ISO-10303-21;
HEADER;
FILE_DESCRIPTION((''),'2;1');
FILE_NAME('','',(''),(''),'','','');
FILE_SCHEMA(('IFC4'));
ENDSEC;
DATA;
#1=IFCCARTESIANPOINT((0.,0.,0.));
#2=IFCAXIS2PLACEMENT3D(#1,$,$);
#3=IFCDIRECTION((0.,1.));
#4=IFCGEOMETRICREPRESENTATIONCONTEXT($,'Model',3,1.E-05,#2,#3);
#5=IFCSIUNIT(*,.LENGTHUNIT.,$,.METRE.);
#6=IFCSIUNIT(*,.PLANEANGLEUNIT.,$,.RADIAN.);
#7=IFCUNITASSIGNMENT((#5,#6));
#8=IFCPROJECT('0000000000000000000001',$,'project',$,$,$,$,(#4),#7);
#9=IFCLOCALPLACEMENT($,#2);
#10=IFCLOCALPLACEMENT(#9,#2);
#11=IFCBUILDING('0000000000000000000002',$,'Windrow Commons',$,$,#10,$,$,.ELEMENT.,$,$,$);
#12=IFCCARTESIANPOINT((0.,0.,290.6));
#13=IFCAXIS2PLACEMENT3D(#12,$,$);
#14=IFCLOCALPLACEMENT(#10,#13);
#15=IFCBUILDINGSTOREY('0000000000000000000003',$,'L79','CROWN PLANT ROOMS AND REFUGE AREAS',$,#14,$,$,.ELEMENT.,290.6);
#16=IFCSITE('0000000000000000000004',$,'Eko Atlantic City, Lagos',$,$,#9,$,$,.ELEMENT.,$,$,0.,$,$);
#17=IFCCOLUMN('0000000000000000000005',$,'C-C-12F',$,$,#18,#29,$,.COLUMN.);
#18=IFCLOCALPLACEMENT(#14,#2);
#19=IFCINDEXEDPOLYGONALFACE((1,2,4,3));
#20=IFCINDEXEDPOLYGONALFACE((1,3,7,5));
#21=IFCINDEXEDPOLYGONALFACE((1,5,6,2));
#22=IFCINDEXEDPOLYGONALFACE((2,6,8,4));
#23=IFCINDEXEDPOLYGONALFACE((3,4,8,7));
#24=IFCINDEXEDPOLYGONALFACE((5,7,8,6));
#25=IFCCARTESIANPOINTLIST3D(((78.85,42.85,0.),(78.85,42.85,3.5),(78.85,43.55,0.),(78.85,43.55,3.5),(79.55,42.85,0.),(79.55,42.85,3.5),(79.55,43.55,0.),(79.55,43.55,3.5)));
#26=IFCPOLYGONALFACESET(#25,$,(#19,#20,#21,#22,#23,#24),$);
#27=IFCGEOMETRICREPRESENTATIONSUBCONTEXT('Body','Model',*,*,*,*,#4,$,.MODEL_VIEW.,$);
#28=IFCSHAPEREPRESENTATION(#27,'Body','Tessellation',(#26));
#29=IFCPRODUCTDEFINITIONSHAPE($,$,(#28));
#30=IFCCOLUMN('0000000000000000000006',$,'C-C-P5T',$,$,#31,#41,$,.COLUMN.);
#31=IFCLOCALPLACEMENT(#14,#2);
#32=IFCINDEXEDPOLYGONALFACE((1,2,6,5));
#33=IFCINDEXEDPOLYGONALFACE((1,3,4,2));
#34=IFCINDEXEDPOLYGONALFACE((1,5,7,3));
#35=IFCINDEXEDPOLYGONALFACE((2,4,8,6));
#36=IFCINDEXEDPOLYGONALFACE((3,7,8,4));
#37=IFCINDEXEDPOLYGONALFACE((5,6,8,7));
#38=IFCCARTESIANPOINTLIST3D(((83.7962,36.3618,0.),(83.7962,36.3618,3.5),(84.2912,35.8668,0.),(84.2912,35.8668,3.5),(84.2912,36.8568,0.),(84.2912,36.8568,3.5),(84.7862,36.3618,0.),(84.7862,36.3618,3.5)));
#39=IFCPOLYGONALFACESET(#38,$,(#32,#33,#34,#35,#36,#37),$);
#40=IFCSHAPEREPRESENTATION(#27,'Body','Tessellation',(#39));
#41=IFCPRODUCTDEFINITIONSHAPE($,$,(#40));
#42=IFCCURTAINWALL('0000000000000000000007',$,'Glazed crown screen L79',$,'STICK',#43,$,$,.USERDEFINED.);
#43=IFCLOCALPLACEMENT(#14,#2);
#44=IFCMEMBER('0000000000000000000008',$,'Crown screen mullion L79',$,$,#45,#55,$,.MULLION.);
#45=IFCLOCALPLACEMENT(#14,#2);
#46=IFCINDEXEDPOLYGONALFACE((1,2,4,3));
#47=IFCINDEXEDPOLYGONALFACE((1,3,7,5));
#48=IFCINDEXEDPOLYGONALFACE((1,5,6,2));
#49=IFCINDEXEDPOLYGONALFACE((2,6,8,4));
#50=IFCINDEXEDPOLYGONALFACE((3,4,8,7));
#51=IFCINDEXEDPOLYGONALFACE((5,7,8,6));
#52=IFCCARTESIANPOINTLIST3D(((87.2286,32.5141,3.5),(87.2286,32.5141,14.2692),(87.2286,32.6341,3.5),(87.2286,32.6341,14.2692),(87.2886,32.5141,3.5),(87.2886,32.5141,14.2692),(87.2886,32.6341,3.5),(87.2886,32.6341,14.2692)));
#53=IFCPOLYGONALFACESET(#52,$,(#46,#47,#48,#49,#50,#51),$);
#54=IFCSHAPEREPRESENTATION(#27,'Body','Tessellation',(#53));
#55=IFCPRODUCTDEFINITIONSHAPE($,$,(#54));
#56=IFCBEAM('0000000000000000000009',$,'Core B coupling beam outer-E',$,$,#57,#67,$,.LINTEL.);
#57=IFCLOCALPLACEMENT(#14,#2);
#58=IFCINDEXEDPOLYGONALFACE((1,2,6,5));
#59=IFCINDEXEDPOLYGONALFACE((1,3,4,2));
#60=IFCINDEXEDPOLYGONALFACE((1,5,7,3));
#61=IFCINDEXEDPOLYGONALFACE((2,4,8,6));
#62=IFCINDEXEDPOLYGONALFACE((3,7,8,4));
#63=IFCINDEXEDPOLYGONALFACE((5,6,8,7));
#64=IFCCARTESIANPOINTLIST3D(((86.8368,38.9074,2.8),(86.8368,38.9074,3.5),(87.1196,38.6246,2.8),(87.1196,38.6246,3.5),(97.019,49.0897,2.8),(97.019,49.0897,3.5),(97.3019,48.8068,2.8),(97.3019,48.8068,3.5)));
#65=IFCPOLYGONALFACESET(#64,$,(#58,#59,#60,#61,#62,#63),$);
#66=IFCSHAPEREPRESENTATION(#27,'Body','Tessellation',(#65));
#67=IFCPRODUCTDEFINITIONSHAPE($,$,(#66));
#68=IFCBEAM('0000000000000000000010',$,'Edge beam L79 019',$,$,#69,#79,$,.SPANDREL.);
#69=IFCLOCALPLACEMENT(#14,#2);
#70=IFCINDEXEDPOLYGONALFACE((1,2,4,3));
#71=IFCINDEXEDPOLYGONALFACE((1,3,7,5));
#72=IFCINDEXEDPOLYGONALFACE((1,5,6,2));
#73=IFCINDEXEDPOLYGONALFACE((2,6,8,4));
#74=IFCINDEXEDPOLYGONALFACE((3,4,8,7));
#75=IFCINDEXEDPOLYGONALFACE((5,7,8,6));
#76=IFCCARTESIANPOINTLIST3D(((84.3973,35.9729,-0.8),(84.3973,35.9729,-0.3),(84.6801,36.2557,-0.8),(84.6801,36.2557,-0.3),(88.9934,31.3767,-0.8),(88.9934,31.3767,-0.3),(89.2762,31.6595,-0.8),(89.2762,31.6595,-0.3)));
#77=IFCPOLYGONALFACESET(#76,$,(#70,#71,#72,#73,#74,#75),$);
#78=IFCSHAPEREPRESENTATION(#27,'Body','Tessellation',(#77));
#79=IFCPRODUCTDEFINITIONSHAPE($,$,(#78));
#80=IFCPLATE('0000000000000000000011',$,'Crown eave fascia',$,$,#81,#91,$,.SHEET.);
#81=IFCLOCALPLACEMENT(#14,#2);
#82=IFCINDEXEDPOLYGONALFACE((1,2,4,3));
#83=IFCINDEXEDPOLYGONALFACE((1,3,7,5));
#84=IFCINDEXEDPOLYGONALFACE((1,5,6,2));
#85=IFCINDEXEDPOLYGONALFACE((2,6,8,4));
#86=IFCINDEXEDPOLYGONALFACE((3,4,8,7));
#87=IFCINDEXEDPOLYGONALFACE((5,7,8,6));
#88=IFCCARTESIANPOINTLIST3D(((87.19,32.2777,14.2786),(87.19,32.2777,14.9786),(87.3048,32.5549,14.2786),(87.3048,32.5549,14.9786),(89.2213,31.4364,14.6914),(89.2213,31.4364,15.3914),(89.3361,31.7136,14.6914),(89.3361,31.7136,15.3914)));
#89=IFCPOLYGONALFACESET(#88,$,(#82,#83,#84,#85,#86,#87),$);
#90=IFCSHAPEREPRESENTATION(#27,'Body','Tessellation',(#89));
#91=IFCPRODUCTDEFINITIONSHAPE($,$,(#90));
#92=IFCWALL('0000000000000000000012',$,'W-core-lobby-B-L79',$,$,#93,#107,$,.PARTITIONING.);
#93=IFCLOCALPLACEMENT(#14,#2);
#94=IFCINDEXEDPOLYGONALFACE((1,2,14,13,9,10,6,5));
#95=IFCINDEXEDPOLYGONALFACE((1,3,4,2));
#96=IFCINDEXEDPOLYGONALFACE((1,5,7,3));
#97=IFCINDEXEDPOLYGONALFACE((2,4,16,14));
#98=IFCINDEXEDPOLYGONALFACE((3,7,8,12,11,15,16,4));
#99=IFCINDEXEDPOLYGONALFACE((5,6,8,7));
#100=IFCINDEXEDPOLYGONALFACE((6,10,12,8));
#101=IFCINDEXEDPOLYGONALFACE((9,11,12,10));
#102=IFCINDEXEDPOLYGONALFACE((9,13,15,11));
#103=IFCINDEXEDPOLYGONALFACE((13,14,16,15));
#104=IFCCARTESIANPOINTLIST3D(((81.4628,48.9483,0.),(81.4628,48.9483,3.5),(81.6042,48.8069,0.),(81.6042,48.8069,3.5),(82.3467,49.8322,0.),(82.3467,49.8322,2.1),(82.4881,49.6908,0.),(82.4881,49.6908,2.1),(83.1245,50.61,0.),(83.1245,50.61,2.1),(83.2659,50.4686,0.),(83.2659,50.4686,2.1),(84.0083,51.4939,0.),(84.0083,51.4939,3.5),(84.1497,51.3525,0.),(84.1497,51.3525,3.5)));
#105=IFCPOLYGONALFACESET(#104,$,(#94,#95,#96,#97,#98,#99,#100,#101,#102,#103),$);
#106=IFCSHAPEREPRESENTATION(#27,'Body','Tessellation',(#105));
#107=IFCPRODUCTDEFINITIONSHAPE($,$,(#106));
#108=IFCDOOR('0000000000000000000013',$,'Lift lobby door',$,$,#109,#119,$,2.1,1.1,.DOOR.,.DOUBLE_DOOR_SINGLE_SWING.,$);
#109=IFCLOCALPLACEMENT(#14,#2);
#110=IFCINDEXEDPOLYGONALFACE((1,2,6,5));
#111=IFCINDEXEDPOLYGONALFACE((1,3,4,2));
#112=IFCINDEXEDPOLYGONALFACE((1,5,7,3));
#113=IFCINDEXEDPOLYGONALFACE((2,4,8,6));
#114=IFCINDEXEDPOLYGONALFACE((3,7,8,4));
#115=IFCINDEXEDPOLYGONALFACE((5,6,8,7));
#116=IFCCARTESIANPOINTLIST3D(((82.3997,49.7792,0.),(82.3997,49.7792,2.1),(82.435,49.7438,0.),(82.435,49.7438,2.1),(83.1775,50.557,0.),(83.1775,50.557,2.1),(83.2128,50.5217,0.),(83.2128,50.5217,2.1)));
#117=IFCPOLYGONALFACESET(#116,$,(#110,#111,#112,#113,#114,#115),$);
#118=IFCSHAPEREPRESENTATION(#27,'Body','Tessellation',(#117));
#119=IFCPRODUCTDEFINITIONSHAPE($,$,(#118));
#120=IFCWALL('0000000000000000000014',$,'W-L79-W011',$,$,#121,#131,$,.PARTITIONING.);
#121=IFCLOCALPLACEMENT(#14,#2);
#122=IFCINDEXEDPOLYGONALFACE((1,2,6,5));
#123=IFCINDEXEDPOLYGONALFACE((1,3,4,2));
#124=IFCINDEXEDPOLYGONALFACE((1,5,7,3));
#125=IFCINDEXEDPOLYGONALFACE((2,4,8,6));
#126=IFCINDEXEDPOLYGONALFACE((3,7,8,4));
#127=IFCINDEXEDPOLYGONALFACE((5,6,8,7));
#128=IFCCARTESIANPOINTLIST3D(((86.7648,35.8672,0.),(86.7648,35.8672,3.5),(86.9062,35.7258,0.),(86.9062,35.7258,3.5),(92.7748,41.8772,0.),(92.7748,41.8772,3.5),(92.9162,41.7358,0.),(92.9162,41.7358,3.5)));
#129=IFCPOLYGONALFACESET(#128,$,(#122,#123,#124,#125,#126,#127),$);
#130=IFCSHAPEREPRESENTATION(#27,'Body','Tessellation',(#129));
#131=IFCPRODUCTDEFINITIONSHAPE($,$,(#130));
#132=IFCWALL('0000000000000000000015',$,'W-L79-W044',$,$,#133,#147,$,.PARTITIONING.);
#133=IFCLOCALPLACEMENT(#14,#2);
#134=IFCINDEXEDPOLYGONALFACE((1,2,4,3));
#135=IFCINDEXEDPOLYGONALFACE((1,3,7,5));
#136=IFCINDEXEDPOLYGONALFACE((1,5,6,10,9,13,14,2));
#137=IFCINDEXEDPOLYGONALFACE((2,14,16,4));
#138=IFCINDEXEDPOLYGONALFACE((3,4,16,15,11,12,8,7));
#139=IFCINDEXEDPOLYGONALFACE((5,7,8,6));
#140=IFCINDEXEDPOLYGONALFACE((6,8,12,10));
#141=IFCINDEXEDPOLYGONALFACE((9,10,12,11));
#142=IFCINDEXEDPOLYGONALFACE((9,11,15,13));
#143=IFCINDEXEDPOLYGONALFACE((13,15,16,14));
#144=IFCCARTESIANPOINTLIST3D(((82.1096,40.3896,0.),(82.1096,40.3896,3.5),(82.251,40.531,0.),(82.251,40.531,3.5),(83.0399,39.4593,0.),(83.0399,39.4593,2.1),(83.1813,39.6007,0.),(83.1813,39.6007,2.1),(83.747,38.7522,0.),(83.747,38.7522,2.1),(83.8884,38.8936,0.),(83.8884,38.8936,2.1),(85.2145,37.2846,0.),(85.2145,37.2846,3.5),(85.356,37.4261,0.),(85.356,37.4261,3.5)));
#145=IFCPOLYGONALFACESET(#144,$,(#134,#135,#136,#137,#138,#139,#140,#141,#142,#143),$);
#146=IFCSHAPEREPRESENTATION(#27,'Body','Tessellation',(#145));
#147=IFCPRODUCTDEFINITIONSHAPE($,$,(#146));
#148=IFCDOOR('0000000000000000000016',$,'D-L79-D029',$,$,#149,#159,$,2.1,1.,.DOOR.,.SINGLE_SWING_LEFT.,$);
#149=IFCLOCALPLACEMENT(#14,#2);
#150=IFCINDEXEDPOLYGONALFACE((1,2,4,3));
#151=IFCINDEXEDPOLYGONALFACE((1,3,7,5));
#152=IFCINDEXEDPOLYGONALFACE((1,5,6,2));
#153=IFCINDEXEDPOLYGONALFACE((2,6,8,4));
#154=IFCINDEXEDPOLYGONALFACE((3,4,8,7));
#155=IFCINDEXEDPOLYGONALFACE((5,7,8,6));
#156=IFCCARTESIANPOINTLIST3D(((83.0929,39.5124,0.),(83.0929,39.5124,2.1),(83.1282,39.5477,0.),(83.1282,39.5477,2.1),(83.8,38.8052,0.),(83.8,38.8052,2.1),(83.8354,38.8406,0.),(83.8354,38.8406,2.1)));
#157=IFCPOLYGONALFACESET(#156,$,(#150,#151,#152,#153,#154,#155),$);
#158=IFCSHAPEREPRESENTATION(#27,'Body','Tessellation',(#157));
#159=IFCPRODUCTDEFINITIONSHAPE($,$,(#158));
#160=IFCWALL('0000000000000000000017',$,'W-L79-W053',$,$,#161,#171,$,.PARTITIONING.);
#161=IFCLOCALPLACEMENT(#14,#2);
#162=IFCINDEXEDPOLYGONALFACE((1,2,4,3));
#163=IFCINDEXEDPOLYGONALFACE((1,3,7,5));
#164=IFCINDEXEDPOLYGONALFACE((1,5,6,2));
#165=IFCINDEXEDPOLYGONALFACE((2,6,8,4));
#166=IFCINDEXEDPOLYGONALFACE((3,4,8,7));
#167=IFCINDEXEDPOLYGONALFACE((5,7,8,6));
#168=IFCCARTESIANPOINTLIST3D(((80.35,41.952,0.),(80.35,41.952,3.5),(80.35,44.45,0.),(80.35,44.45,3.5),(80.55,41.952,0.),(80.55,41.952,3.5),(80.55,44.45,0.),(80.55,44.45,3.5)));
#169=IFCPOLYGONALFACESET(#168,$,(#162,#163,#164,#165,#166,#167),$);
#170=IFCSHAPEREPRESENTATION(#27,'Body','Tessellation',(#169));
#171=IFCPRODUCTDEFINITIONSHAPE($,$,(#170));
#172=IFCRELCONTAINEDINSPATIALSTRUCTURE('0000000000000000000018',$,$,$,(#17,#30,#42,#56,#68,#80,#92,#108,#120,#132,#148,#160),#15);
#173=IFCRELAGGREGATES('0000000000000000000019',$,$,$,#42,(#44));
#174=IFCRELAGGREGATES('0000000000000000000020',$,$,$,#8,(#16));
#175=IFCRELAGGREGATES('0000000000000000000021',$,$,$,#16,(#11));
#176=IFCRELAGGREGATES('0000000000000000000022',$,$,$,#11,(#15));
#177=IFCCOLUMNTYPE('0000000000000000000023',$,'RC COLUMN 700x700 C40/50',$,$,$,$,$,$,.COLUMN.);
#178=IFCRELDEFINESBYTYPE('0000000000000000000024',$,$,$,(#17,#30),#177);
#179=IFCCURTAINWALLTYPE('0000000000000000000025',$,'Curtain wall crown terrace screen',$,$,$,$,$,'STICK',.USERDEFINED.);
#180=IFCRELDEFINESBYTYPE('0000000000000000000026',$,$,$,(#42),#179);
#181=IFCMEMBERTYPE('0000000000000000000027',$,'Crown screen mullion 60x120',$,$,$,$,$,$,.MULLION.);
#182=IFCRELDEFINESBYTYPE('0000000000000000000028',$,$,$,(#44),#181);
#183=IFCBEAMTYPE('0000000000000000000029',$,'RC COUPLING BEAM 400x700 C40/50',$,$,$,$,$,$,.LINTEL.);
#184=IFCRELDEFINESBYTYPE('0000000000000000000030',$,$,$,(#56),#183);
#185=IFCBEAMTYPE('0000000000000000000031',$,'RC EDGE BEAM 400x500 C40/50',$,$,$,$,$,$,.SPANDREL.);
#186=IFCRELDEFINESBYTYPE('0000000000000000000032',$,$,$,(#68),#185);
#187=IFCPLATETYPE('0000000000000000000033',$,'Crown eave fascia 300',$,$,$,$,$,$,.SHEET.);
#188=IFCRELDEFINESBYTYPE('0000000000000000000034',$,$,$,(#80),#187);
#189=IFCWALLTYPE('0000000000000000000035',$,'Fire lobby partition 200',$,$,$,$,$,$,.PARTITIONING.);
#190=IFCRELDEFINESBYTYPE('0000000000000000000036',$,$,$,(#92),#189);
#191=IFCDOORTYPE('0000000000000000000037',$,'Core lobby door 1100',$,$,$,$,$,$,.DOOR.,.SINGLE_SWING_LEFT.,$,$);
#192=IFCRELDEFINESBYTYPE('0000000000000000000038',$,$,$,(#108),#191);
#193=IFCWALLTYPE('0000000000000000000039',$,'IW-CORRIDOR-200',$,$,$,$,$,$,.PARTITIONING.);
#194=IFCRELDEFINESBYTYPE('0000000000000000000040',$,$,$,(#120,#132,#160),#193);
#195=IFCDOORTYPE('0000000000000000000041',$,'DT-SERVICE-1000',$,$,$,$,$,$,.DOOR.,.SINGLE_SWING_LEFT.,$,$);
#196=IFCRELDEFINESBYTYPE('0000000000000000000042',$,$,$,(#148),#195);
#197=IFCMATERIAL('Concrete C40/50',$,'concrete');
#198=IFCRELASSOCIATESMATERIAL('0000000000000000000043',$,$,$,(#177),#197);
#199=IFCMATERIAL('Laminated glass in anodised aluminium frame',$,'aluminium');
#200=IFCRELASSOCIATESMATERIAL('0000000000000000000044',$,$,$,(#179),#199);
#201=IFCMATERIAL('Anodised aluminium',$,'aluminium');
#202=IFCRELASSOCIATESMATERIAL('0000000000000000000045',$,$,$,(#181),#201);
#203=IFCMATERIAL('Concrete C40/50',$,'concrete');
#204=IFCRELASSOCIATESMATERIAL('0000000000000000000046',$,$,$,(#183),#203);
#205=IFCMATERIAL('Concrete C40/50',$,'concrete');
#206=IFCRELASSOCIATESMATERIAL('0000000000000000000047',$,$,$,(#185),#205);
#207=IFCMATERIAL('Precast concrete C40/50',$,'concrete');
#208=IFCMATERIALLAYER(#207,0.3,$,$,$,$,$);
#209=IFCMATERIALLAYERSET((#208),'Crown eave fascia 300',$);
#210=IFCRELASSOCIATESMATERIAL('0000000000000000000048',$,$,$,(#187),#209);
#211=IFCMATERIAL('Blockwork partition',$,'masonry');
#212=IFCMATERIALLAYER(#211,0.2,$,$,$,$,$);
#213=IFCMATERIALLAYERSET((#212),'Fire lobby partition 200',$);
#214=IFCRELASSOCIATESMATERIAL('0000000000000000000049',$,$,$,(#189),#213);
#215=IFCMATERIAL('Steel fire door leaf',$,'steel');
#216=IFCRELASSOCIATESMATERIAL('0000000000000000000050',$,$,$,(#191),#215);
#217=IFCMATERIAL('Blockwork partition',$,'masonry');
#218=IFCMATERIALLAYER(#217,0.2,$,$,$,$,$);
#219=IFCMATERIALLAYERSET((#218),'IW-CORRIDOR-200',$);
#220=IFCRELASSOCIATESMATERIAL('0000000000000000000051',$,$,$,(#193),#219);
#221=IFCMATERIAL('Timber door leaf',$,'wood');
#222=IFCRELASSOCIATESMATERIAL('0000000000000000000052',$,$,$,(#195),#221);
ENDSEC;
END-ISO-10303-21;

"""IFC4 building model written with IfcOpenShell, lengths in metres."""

from ifc_helpers import new_model, si_unit, direction, frame, frame_2d, origin, origin_2d, place, context, subcontext, project, spatial, polyline, rectangle, outline, extrude, material, layer, layer_set, material_profile, profile_set, type_object, element, fill, aggregate, save


model = new_model("IFC4")

# Units and contexts
model_context = context("Model", 3, precision=1e-05, world=origin(), true_north=direction((0.0, 1.0)))
body_context = subcontext(model_context, "Body", "Model", "MODEL_VIEW")
ifc_project = project(units=[si_unit("LENGTHUNIT", "METRE"), si_unit("PLANEANGLEUNIT", "RADIAN")], contexts=[model_context])

# Site, building, storey
site_placement = place(None, origin())
site = spatial("IfcSite", under=ifc_project, at=site_placement, Name="Eko Atlantic City, Lagos", CompositionType="ELEMENT", RefElevation=0.0)
building_placement = place(site_placement, origin())
building = spatial("IfcBuilding", under=site, at=building_placement, Name="Windrow Commons", CompositionType="ELEMENT")
storey_placement = place(building_placement, frame((0.0, 0.0, 290.6)))
storey = spatial("IfcBuildingStorey", under=building, at=storey_placement, Name="L79", Description="CROWN PLANT ROOMS AND REFUGE AREAS", CompositionType="ELEMENT", Elevation=290.6)

# Columns
ifc_material_1 = material(Name="Concrete C40/50", Category="concrete")
ifc_material_profile_1 = material_profile(ifc_material_1, rectangle(XDim=0.7, YDim=0.7, at=origin_2d()))
ifc_profile_set_1 = profile_set([ifc_material_profile_1], Name="Concrete C40/50")
column_type = type_object("IfcColumnType", Name="RC COLUMN 700x700 C40/50", PredefinedType="COLUMN", material=ifc_profile_set_1)
for number, where, z_axis, x_axis, name in (
    (1, (79.2, 43.2, 0.0), (0.0, 0.0, 1.0), (1.0, 0.0, 0.0), "C-C-12F"),
    (2, (84.2912, 36.3618, 0.0), (0.0, 0.0, 1.0), (0.707107, -0.707107, 0.0), "C-C-P5T"),
):
    element("IfcColumn", number, at=place(storey_placement, frame(where, z_axis=z_axis, x_axis=x_axis)), inside=storey, type_object=column_type, Name=name, PredefinedType="COLUMN", context=body_context, shape_type="SweptSolid", body=[
        extrude(rectangle(XDim=0.7, YDim=0.7, at=origin_2d()), origin(), (0.0, 0.0, 1.0), 3.5),
    ])

# Curtain wall, member
ifc_material_2 = material(Name="Laminated glass in anodised aluminium frame", Category="aluminium")
curtain_wall_type = type_object("IfcCurtainWallType", Name="Curtain wall crown terrace screen", ElementType="STICK", PredefinedType="USERDEFINED", material=ifc_material_2)
curtain_wall_placement = place(storey_placement, origin())
curtain_wall = element("IfcCurtainWall", 3, at=curtain_wall_placement, inside=storey, type_object=curtain_wall_type, Name="Glazed crown screen L79", ObjectType="STICK", PredefinedType="USERDEFINED")
ifc_material_3 = material(Name="Anodised aluminium", Category="aluminium")
ifc_material_profile_2 = material_profile(ifc_material_3, rectangle(XDim=0.06, YDim=0.12, at=origin_2d()))
ifc_profile_set_2 = profile_set([ifc_material_profile_2], Name="Anodised aluminium")
member_type = type_object("IfcMemberType", Name="Crown screen mullion 60x120", PredefinedType="MULLION", material=ifc_profile_set_2)
member_placement = place(storey_placement, frame((87.2586, 32.5741, 3.5), z_axis=(0.0, 0.0, 1.0), x_axis=(1.0, 0.0, 0.0)))
member = element("IfcMember", 4, at=member_placement, type_object=member_type, Name="Crown screen mullion L79", PredefinedType="MULLION", context=body_context, shape_type="SweptSolid", body=[
    extrude(rectangle(XDim=0.06, YDim=0.12, at=origin_2d()), origin(), (0.0, 0.0, 1.0), 10.7692),
])
aggregate(curtain_wall, [member])

# Beams
ifc_material_4 = material(Name="Concrete C40/50", Category="concrete")
ifc_material_profile_3 = material_profile(ifc_material_4, rectangle(XDim=0.4, YDim=0.7, at=origin_2d()))
ifc_profile_set_3 = profile_set([ifc_material_profile_3], Name="Concrete C40/50")
beam_type_1 = type_object("IfcBeamType", Name="RC COUPLING BEAM 400x700 C40/50", PredefinedType="LINTEL", material=ifc_profile_set_3)
beam_1_placement = place(storey_placement, frame((86.9782, 38.766, 3.15), z_axis=(0.707107, 0.707107, 0.0), x_axis=(-0.707107, 0.707107, 0.0)))
element("IfcBeam", 5, at=beam_1_placement, inside=storey, type_object=beam_type_1, Name="Core B coupling beam outer-E", PredefinedType="LINTEL", context=body_context, shape_type="SweptSolid", body=[
    extrude(rectangle(XDim=0.4, YDim=0.7, at=origin_2d()), origin(), (0.0, 0.0, 1.0), 14.3999),
])
ifc_material_5 = material(Name="Concrete C40/50", Category="concrete")
ifc_material_profile_4 = material_profile(ifc_material_5, rectangle(XDim=0.4, YDim=0.5, at=origin_2d()))
ifc_profile_set_4 = profile_set([ifc_material_profile_4], Name="Concrete C40/50")
beam_type_2 = type_object("IfcBeamType", Name="RC EDGE BEAM 400x500 C40/50", PredefinedType="SPANDREL", material=ifc_profile_set_4)
beam_2_placement = place(storey_placement, frame((89.1348, 31.5181, -0.55), z_axis=(-0.707099, 0.707114, 0.0), x_axis=(-0.707114, -0.707099, 0.0)))
element("IfcBeam", 6, at=beam_2_placement, inside=storey, type_object=beam_type_2, Name="Edge beam L79 019", PredefinedType="SPANDREL", context=body_context, shape_type="SweptSolid", body=[
    extrude(rectangle(XDim=0.4, YDim=0.5, at=origin_2d()), origin(), (0.0, 0.0, 1.0), 6.4999),
])

# Plate
ifc_material_6 = material(Name="Precast concrete C40/50", Category="concrete")
ifc_layer_1 = layer(ifc_material_6, 0.3)
ifc_layer_set_1 = layer_set([ifc_layer_1], Name="Crown eave fascia 300")
plate_type = type_object("IfcPlateType", Name="Crown eave fascia 300", PredefinedType="SHEET", material=ifc_layer_set_1)
plate_placement = place(storey_placement, frame((89.3361, 31.7136, 14.6914), z_axis=(0.382648, 0.923894, 0.0), x_axis=(-0.908028, 0.376077, -0.184529)))
element("IfcPlate", 7, at=plate_placement, inside=storey, type_object=plate_type, Name="Crown eave fascia", PredefinedType="SHEET", context=body_context, shape_type="SweptSolid", body=[
    extrude(outline(polyline([(0.0, 0.0), (2.237, 0.0), (2.1079, 0.688), (-0.1292, 0.688), (0.0, 0.0)])), origin(), (0.0, 0.0, -1.0), 0.3),
])

# Wall, opening, door
ifc_material_7 = material(Name="Blockwork partition", Category="masonry")
ifc_layer_2 = layer(ifc_material_7, 0.2)
ifc_layer_set_2 = layer_set([ifc_layer_2], Name="Fire lobby partition 200")
wall_type_1 = type_object("IfcWallType", Name="Fire lobby partition 200", PredefinedType="PARTITIONING", material=ifc_layer_set_2)
wall_1_placement = place(storey_placement, frame((81.5335, 48.8776, 0.0), z_axis=(0.0, 0.0, 1.0), x_axis=(0.707093, 0.707121, 0.0)))
wall_1 = element("IfcWall", 8, at=wall_1_placement, inside=storey, type_object=wall_type_1, Name="W-core-lobby-B-L79", PredefinedType="PARTITIONING", context=body_context, shape_type="SweptSolid", body=[
    extrude(rectangle(XDim=3.6, YDim=0.2, at=frame_2d((1.8, 0.0))), origin(), (0.0, 0.0, 1.0), 3.5),
])
opening_1_placement = place(wall_1_placement, frame((1.25, 0.0, 0.0)))
opening_1 = element("IfcOpeningElement", 9, at=opening_1_placement, cuts=wall_1, PredefinedType="OPENING", context=body_context, shape_type="SweptSolid", body=[
    extrude(rectangle(XDim=1.1, YDim=2.1, at=frame_2d((0.55, 1.05))), frame((0.0, 0.11, 0.0), z_axis=(0.0, -1.0, 0.0), x_axis=(1.0, 0.0, 0.0)), (0.0, 0.0, 1.0), 0.22),
])
ifc_material_8 = material(Name="Steel fire door leaf", Category="steel")
door_type_1 = type_object("IfcDoorType", Name="Core lobby door 1100", OperationType="SINGLE_SWING_LEFT", PredefinedType="DOOR", material=ifc_material_8)
door_1_placement = place(opening_1_placement, origin())
door_1 = element("IfcDoor", 10, at=door_1_placement, inside=storey, type_object=door_type_1, Name="Lift lobby door", OperationType="DOUBLE_DOOR_SINGLE_SWING", OverallHeight=2.1, OverallWidth=1.1, PredefinedType="DOOR", context=body_context, shape_type="SweptSolid", body=[
    extrude(rectangle(XDim=1.1, YDim=2.1, at=frame_2d((0.55, 1.05))), frame((0.0, 0.025, 0.0), z_axis=(0.0, -1.0, 0.0), x_axis=(1.0, 0.0, 0.0)), (0.0, 0.0, 1.0), 0.05),
])
fill(opening_1, door_1)

# Wall
ifc_material_9 = material(Name="Blockwork partition", Category="masonry")
ifc_layer_3 = layer(ifc_material_9, 0.2)
ifc_layer_set_3 = layer_set([ifc_layer_3], Name="IW-CORRIDOR-200")
wall_type_2 = type_object("IfcWallType", Name="IW-CORRIDOR-200", PredefinedType="PARTITIONING", material=ifc_layer_set_3)
wall_2_placement = place(storey_placement, frame((86.8355, 35.7965, 0.0), z_axis=(0.0, 0.0, 1.0), x_axis=(0.707107, 0.707107, 0.0)))
element("IfcWall", 11, at=wall_2_placement, inside=storey, type_object=wall_type_2, Name="W-L79-W011", PredefinedType="PARTITIONING", context=body_context, shape_type="SweptSolid", body=[
    extrude(rectangle(XDim=8.4994, YDim=0.2, at=frame_2d((4.2497, 0.0))), origin(), (0.0, 0.0, 1.0), 3.5),
])

# Wall, opening, door
wall_3_placement = place(storey_placement, frame((82.1803, 40.4603, 0.0), z_axis=(0.0, 0.0, 1.0), x_axis=(0.707107, -0.707107, 0.0)))
wall_3 = element("IfcWall", 12, at=wall_3_placement, inside=storey, type_object=wall_type_2, Name="W-L79-W044", PredefinedType="PARTITIONING", context=body_context, shape_type="SweptSolid", body=[
    extrude(rectangle(XDim=4.3911, YDim=0.2, at=frame_2d((2.1955, 0.0))), origin(), (0.0, 0.0, 1.0), 3.5),
])
opening_2_placement = place(wall_3_placement, frame((1.3156, 0.0, 0.0)))
opening_2 = element("IfcOpeningElement", 13, at=opening_2_placement, cuts=wall_3, PredefinedType="OPENING", context=body_context, shape_type="SweptSolid", body=[
    extrude(rectangle(XDim=1.0, YDim=2.1, at=frame_2d((0.5, 1.05))), frame((0.0, 0.11, 0.0), z_axis=(0.0, -1.0, 0.0), x_axis=(1.0, 0.0, 0.0)), (0.0, 0.0, 1.0), 0.22),
])
ifc_material_10 = material(Name="Timber door leaf", Category="wood")
door_type_2 = type_object("IfcDoorType", Name="DT-SERVICE-1000", OperationType="SINGLE_SWING_LEFT", PredefinedType="DOOR", material=ifc_material_10)
door_2_placement = place(opening_2_placement, origin())
door_2 = element("IfcDoor", 14, at=door_2_placement, inside=storey, type_object=door_type_2, Name="D-L79-D029", OperationType="SINGLE_SWING_LEFT", OverallHeight=2.1, OverallWidth=1.0, PredefinedType="DOOR", context=body_context, shape_type="SweptSolid", body=[
    extrude(rectangle(XDim=1.0, YDim=2.1, at=frame_2d((0.5, 1.05))), frame((0.0, 0.025, 0.0), z_axis=(0.0, -1.0, 0.0), x_axis=(1.0, 0.0, 0.0)), (0.0, 0.0, 1.0), 0.05),
])
fill(opening_2, door_2)

# Wall
wall_4_placement = place(storey_placement, frame((80.45, 41.952, 0.0), z_axis=(0.0, 0.0, 1.0), x_axis=(0.0, 1.0, 0.0)))
element("IfcWall", 15, at=wall_4_placement, inside=storey, type_object=wall_type_2, Name="W-L79-W053", PredefinedType="PARTITIONING", context=body_context, shape_type="SweptSolid", body=[
    extrude(rectangle(XDim=2.498, YDim=0.2, at=frame_2d((1.249, 0.0))), origin(), (0.0, 0.0, 1.0), 3.5),
])

save(model, "model.ifc")
